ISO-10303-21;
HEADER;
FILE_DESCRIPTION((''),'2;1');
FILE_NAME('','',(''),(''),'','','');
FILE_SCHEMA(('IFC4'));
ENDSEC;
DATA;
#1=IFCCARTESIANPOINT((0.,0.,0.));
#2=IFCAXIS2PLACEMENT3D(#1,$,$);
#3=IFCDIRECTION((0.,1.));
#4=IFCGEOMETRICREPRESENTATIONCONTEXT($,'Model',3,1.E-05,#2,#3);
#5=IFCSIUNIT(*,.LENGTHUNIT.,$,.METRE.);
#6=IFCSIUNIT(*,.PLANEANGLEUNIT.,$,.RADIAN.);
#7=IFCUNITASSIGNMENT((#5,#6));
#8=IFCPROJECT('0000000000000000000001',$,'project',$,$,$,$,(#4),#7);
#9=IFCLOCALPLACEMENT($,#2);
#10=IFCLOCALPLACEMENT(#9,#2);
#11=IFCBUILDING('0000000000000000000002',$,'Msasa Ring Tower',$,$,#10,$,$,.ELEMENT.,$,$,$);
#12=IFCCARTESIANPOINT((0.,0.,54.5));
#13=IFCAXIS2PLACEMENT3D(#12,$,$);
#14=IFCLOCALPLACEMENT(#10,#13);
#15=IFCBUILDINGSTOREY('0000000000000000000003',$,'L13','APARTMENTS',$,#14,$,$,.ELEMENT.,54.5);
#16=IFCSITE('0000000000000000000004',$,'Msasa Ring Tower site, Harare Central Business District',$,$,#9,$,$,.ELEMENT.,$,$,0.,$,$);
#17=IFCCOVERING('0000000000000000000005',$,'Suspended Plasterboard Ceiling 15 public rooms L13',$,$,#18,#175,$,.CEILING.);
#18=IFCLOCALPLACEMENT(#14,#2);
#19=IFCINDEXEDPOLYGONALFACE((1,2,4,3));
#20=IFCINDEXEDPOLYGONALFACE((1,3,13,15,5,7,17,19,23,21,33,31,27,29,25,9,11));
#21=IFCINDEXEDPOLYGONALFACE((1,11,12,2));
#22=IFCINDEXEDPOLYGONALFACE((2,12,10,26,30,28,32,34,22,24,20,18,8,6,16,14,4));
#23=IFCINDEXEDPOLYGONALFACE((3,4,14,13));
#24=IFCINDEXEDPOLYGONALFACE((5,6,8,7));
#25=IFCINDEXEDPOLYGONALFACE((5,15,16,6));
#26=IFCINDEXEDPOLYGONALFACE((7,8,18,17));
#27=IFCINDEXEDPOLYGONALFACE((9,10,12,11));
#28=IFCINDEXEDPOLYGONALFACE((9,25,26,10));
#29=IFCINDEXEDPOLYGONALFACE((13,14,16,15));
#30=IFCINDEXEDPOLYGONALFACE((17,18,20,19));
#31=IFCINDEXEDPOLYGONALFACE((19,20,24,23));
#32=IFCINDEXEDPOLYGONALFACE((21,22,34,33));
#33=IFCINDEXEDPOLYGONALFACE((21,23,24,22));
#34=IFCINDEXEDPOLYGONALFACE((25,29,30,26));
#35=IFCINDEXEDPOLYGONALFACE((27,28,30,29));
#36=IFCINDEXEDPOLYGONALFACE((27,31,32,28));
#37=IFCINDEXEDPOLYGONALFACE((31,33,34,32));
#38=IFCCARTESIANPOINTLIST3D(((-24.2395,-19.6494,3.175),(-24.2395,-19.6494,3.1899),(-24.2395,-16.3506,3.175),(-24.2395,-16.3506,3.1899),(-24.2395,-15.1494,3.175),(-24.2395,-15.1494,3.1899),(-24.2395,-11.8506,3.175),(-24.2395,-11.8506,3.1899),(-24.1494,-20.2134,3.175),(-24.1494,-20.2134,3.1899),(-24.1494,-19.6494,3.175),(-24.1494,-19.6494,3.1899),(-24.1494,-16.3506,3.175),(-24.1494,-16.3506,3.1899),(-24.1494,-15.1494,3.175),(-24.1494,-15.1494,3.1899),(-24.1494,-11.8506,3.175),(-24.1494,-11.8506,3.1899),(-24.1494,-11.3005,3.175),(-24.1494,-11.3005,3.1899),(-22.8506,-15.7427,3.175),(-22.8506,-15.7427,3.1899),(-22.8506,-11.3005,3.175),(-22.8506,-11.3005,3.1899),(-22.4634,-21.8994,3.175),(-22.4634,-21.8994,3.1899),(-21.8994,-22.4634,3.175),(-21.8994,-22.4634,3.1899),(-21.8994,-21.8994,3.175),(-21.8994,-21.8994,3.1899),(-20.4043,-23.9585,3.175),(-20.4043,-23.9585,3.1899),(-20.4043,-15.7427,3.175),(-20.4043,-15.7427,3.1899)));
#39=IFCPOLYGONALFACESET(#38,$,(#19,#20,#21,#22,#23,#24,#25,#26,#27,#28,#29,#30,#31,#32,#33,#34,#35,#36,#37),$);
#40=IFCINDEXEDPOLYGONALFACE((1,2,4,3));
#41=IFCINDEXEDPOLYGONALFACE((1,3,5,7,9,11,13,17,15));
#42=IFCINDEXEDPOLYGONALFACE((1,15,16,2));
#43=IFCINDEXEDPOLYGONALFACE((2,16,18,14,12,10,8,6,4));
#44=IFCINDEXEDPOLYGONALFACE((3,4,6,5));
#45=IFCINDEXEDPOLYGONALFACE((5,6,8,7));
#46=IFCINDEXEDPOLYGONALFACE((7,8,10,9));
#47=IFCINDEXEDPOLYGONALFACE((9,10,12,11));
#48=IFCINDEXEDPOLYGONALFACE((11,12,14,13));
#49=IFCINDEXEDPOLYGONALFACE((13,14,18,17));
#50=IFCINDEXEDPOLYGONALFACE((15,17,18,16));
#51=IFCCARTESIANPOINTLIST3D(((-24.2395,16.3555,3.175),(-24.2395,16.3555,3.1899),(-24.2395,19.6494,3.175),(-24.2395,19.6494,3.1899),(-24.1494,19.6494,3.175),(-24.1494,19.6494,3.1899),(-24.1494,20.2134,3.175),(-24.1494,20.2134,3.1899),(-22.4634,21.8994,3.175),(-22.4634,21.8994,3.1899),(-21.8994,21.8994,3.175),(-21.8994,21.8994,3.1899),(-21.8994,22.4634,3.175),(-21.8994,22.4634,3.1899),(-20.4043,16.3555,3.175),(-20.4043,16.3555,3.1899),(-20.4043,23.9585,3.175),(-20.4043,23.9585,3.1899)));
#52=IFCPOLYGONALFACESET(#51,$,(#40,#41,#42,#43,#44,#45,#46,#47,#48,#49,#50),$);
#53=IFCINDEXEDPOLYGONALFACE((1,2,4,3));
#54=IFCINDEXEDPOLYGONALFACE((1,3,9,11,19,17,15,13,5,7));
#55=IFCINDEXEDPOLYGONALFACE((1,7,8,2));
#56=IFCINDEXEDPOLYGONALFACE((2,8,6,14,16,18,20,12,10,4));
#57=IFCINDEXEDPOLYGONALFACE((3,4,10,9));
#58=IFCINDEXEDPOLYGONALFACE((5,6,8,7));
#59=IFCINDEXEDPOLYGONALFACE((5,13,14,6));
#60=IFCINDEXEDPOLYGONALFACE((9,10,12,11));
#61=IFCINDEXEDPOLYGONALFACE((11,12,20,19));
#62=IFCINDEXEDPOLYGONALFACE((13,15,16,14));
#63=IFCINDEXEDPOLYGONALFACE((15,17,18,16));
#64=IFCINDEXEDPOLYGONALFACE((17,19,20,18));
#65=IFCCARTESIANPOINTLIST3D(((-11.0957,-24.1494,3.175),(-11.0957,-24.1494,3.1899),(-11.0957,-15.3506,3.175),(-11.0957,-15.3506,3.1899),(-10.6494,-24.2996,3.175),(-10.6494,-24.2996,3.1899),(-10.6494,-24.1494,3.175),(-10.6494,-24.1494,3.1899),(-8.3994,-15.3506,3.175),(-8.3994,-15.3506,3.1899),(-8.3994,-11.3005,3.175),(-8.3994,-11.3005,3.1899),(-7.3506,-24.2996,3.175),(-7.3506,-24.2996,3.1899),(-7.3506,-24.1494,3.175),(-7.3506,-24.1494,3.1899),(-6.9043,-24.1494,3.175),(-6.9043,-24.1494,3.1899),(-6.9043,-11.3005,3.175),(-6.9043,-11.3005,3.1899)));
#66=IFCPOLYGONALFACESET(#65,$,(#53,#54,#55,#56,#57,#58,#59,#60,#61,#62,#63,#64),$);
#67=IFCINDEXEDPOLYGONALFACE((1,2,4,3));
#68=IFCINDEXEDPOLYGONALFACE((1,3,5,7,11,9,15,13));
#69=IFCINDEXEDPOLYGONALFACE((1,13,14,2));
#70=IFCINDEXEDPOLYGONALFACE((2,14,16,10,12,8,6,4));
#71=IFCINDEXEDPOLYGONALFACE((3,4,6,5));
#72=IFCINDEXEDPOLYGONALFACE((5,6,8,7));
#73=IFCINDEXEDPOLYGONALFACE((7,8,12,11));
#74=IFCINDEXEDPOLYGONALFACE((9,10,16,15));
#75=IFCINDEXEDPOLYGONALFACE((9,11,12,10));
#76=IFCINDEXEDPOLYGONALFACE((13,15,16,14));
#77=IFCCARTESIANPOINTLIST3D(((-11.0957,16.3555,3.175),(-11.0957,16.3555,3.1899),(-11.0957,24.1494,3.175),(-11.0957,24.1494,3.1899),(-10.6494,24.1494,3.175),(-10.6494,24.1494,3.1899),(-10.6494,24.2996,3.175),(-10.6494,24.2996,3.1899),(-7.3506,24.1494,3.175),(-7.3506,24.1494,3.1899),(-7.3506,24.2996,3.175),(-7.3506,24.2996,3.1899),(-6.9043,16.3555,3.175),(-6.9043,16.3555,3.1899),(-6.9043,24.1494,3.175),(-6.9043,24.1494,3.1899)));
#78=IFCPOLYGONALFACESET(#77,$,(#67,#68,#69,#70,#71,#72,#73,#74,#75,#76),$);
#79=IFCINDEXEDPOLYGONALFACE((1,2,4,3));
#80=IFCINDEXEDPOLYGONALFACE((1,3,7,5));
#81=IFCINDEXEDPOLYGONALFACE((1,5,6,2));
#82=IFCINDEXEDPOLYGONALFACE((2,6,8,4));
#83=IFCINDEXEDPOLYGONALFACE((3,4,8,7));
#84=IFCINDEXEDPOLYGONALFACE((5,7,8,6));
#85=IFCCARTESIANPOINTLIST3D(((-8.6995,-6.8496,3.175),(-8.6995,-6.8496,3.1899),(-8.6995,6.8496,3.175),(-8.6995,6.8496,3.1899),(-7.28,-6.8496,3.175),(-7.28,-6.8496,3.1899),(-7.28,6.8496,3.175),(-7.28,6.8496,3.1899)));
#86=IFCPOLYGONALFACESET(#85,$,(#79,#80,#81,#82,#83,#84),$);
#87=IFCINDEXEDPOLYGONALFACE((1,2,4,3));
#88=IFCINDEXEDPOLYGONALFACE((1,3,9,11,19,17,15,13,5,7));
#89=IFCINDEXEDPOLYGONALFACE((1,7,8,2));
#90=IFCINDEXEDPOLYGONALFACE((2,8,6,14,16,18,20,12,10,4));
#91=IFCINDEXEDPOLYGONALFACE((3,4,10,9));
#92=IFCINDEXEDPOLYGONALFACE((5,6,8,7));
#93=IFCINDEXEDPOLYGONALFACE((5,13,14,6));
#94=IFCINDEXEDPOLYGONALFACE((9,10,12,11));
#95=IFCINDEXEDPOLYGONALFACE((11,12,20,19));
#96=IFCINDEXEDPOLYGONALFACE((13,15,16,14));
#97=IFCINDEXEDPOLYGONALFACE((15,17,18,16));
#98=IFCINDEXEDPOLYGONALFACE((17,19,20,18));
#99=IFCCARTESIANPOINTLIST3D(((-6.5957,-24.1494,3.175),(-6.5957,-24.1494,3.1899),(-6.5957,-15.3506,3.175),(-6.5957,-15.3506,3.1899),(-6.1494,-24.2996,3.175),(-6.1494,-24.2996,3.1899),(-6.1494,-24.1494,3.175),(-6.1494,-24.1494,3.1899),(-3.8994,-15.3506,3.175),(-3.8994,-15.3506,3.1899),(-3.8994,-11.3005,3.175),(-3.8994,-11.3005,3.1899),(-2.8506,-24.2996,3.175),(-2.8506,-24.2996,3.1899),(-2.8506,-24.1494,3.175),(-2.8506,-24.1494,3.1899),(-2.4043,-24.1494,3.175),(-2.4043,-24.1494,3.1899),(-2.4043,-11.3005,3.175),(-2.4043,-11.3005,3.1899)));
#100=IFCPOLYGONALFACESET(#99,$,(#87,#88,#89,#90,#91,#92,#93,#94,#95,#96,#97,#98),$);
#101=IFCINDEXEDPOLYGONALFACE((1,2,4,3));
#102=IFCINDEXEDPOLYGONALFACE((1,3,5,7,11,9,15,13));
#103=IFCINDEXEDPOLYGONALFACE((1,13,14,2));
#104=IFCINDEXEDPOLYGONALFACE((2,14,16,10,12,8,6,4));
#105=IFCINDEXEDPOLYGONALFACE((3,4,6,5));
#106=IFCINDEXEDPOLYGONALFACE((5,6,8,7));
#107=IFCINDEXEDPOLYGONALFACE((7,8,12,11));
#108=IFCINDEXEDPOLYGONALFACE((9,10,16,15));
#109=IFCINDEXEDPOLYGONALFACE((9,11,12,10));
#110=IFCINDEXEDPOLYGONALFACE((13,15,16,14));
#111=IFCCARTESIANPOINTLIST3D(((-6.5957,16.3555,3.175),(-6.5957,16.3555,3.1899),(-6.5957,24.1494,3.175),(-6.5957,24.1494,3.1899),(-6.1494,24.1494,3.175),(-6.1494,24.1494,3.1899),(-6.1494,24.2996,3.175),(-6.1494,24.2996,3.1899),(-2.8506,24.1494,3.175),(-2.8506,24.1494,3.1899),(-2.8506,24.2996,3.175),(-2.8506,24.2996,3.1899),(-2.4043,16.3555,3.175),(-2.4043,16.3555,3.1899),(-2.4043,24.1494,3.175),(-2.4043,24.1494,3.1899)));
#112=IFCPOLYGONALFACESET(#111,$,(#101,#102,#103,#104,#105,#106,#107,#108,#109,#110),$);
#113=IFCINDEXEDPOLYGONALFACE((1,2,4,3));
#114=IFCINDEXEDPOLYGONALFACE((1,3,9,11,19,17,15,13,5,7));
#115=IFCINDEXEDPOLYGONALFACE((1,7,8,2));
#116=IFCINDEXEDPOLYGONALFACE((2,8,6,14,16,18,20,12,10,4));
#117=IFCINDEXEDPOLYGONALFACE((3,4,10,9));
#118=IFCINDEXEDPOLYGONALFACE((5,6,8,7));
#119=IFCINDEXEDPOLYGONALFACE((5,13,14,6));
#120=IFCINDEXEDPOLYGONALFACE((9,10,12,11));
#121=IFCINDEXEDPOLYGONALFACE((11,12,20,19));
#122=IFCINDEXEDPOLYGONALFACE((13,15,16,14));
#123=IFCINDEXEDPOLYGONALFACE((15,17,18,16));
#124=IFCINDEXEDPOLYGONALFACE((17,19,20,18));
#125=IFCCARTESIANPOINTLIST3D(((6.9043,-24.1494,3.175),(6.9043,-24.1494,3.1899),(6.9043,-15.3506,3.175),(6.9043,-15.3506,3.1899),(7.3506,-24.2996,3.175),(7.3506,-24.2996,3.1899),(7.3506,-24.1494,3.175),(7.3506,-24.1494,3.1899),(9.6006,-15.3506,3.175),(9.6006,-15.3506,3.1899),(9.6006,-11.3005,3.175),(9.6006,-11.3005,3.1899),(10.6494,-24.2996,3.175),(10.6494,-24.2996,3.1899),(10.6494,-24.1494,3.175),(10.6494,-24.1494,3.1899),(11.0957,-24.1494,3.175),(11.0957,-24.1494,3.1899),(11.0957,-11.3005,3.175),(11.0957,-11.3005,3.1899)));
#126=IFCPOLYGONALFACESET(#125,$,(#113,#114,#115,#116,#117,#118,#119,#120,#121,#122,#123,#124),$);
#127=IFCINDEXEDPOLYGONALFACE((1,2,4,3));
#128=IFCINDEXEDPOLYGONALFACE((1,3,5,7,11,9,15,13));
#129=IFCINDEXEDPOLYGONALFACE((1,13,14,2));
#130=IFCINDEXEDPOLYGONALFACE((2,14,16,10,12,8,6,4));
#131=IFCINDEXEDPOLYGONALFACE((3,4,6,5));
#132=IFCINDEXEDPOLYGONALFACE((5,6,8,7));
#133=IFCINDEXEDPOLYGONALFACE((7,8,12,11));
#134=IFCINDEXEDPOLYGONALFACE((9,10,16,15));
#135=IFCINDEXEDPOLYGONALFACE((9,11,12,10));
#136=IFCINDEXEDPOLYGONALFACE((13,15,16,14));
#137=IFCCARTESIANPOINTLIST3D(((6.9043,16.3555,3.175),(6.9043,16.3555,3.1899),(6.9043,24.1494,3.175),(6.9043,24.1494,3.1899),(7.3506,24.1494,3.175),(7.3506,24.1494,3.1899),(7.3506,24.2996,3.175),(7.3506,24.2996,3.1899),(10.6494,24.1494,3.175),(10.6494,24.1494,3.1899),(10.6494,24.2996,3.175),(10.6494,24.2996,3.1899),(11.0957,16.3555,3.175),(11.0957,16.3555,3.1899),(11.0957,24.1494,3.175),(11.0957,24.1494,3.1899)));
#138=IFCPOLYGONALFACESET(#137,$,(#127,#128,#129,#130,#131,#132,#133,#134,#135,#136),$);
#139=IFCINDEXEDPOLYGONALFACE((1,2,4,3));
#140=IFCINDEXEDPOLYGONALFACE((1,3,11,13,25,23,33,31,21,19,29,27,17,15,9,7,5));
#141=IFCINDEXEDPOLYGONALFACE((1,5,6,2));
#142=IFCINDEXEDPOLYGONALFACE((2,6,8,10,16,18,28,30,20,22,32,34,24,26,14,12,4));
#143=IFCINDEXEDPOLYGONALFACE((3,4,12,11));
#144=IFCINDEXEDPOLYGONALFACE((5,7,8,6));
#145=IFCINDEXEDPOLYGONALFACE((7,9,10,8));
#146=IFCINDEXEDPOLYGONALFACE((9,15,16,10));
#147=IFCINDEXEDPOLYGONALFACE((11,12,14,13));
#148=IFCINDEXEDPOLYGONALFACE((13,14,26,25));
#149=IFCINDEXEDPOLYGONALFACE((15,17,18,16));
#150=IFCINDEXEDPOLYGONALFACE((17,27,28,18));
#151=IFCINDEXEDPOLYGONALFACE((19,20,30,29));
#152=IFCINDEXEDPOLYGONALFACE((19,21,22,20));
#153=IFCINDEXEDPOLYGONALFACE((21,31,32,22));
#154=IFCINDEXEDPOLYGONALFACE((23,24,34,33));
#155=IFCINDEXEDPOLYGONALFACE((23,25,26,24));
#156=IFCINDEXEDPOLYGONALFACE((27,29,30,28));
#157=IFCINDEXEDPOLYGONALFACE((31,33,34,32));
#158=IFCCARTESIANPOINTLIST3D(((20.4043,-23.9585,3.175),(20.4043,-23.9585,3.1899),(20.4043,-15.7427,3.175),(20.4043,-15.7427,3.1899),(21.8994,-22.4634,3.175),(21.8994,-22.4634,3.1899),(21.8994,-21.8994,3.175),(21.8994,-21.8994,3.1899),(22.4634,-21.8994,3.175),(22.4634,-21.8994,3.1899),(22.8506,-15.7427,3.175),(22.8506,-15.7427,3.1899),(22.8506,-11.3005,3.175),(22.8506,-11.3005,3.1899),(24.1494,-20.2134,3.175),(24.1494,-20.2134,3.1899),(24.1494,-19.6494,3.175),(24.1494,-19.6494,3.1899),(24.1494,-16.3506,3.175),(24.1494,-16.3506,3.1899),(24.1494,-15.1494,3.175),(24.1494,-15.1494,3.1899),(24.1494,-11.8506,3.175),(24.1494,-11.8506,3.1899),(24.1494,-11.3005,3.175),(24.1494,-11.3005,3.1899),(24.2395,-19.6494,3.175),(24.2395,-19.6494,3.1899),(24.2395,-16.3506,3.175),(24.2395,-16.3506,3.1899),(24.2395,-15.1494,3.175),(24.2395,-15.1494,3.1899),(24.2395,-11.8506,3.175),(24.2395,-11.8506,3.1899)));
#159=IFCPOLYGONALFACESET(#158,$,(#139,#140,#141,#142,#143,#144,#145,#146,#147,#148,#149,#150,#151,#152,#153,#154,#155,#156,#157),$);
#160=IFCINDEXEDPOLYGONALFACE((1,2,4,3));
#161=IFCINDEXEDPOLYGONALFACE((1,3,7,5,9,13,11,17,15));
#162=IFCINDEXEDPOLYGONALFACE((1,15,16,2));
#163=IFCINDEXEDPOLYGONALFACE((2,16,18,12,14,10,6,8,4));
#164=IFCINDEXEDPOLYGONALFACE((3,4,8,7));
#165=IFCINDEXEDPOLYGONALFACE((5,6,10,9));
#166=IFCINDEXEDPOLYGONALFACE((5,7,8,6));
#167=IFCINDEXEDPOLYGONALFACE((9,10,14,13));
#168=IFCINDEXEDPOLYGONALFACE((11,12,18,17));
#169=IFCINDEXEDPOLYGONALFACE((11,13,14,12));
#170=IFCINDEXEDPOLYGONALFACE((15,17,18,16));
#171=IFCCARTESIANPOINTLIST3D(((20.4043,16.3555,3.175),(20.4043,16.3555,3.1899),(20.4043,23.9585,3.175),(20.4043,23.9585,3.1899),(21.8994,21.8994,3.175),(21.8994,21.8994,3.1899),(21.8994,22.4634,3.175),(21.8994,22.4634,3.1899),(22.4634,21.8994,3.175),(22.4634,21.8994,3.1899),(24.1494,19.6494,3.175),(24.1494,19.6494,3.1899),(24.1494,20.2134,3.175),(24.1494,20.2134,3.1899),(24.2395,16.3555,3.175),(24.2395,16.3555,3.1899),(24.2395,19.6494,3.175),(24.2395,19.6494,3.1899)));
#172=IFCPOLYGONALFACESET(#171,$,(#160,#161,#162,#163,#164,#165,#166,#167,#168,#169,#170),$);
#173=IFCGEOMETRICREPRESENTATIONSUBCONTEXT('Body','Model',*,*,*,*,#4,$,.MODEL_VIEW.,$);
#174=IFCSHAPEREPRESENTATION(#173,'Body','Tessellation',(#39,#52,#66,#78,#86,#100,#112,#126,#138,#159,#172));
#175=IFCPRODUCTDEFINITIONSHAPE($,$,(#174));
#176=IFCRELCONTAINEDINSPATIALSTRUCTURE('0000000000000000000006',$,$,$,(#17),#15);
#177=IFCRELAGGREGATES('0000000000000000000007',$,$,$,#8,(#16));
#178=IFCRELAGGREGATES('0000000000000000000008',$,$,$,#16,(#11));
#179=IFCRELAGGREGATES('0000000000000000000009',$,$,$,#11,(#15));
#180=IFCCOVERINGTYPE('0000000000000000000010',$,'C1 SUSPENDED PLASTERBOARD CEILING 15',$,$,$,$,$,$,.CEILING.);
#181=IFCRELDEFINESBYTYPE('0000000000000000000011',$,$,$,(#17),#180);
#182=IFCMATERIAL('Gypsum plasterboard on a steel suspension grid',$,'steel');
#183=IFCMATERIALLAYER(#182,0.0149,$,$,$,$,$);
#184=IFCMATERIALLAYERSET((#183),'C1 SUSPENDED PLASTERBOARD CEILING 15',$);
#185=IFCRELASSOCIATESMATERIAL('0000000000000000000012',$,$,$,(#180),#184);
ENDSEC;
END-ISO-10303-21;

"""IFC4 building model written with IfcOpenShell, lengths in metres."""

from ifc_helpers import new_model, si_unit, direction, frame, origin, place, context, subcontext, project, spatial, line, indexed_curve, outline, extrude, material, layer, layer_set, type_object, element, save


model = new_model("IFC4")

# Units and contexts
model_context = context("Model", 3, precision=1e-05, world=origin(), true_north=direction((0.0, 1.0)))
body_context = subcontext(model_context, "Body", "Model", "MODEL_VIEW")
ifc_project = project(units=[si_unit("LENGTHUNIT", "METRE"), si_unit("PLANEANGLEUNIT", "RADIAN")], contexts=[model_context])

# Site, building, storey
site_placement = place(None, origin())
site = spatial("IfcSite", under=ifc_project, at=site_placement, Name="Msasa Ring Tower site, Harare Central Business District", CompositionType="ELEMENT", RefElevation=0.0)
building_placement = place(site_placement, origin())
building = spatial("IfcBuilding", under=site, at=building_placement, Name="Msasa Ring Tower", CompositionType="ELEMENT")
storey_placement = place(building_placement, frame((0.0, 0.0, 54.5)))
storey = spatial("IfcBuildingStorey", under=building, at=storey_placement, Name="L13", Description="APARTMENTS", CompositionType="ELEMENT", Elevation=54.5)

# Covering
ifc_material_1 = material(Name="Gypsum plasterboard on a steel suspension grid", Category="steel")
ifc_layer_1 = layer(ifc_material_1, 0.0149)
ifc_layer_set_1 = layer_set([ifc_layer_1], Name="C1 SUSPENDED PLASTERBOARD CEILING 15")
covering_type_1 = type_object("IfcCoveringType", Name="C1 SUSPENDED PLASTERBOARD CEILING 15", PredefinedType="CEILING", material=ifc_layer_set_1)
covering_1_placement = place(storey_placement, frame((0.0, 0.0, 3.175)))
element("IfcCovering", 1, at=covering_1_placement, inside=storey, type_object=covering_type_1, Name="Suspended Plasterboard Ceiling 15 public rooms L13", PredefinedType="CEILING", context=body_context, shape_type="SweptSolid", body=[
    extrude(outline(indexed_curve([(-21.8994, -22.4634), (-21.8994, -21.8994), (-22.4634, -21.8994), (-24.1494, -20.2134), (-24.1494, -19.6494), (-24.2395, -19.6494), (-24.2395, -16.3506), (-24.1494, -16.3506), (-24.1494, -15.1494), (-24.2395, -15.1494), (-24.2395, -11.8506), (-24.1494, -11.8506), (-24.1494, -11.3005), (-22.8506, -11.3005), (-22.8506, -15.7427), (-20.4043, -15.7427), (-20.4043, -23.9585)], segments=[line(1, 2, 3, 4, 5, 6, 7, 8, 9, 10, 11, 12, 13, 14, 15, 16, 17, 1)], self_intersect=False)), origin(), (0.0, 0.0, 1.0), 0.0149),
    extrude(outline(indexed_curve([(-24.2395, 16.3555), (-24.2395, 19.6494), (-24.1494, 19.6494), (-24.1494, 20.2134), (-22.4634, 21.8994), (-21.8994, 21.8994), (-21.8994, 22.4634), (-20.4043, 23.9585), (-20.4043, 16.3555)], segments=[line(1, 2, 3, 4, 5, 6, 7, 8, 9, 1)], self_intersect=False)), origin(), (0.0, 0.0, 1.0), 0.0149),
    extrude(outline(indexed_curve([(-8.3994, -11.3005), (-6.9043, -11.3005), (-6.9043, -24.1494), (-7.3506, -24.1494), (-7.3506, -24.2996), (-10.6494, -24.2996), (-10.6494, -24.1494), (-11.0957, -24.1494), (-11.0957, -15.3506), (-8.3994, -15.3506)], segments=[line(1, 2, 3, 4, 5, 6, 7, 8, 9, 10, 1)], self_intersect=False)), origin(), (0.0, 0.0, 1.0), 0.0149),
    extrude(outline(indexed_curve([(-11.0957, 16.3555), (-11.0957, 24.1494), (-10.6494, 24.1494), (-10.6494, 24.2996), (-7.3506, 24.2996), (-7.3506, 24.1494), (-6.9043, 24.1494), (-6.9043, 16.3555)], segments=[line(1, 2, 3, 4, 5, 6, 7, 8, 1)], self_intersect=False)), origin(), (0.0, 0.0, 1.0), 0.0149),
    extrude(outline(indexed_curve([(-8.6995, -6.8496), (-8.6995, 6.8496), (-7.28, 6.8496), (-7.28, -6.8496)], segments=[line(1, 2, 3, 4, 1)], self_intersect=False)), origin(), (0.0, 0.0, 1.0), 0.0149),
    extrude(outline(indexed_curve([(-2.4043, -11.3005), (-2.4043, -24.1494), (-2.8506, -24.1494), (-2.8506, -24.2996), (-6.1494, -24.2996), (-6.1494, -24.1494), (-6.5957, -24.1494), (-6.5957, -15.3506), (-3.8994, -15.3506), (-3.8994, -11.3005)], segments=[line(1, 2, 3, 4, 5, 6, 7, 8, 9, 10, 1)], self_intersect=False)), origin(), (0.0, 0.0, 1.0), 0.0149),
    extrude(outline(indexed_curve([(-6.5957, 16.3555), (-6.5957, 24.1494), (-6.1494, 24.1494), (-6.1494, 24.2996), (-2.8506, 24.2996), (-2.8506, 24.1494), (-2.4043, 24.1494), (-2.4043, 16.3555)], segments=[line(1, 2, 3, 4, 5, 6, 7, 8, 1)], self_intersect=False)), origin(), (0.0, 0.0, 1.0), 0.0149),
    extrude(outline(indexed_curve([(11.0957, -11.3005), (11.0957, -24.1494), (10.6494, -24.1494), (10.6494, -24.2996), (7.3506, -24.2996), (7.3506, -24.1494), (6.9043, -24.1494), (6.9043, -15.3506), (9.6006, -15.3506), (9.6006, -11.3005)], segments=[line(1, 2, 3, 4, 5, 6, 7, 8, 9, 10, 1)], self_intersect=False)), origin(), (0.0, 0.0, 1.0), 0.0149),
    extrude(outline(indexed_curve([(6.9043, 16.3555), (6.9043, 24.1494), (7.3506, 24.1494), (7.3506, 24.2996), (10.6494, 24.2996), (10.6494, 24.1494), (11.0957, 24.1494), (11.0957, 16.3555)], segments=[line(1, 2, 3, 4, 5, 6, 7, 8, 1)], self_intersect=False)), origin(), (0.0, 0.0, 1.0), 0.0149),
    extrude(outline(indexed_curve([(22.8506, -11.3005), (24.1494, -11.3005), (24.1494, -11.8506), (24.2395, -11.8506), (24.2395, -15.1494), (24.1494, -15.1494), (24.1494, -16.3506), (24.2395, -16.3506), (24.2395, -19.6494), (24.1494, -19.6494), (24.1494, -20.2134), (22.4634, -21.8994), (21.8994, -21.8994), (21.8994, -22.4634), (20.4043, -23.9585), (20.4043, -15.7427), (22.8506, -15.7427)], segments=[line(1, 2, 3, 4, 5, 6, 7, 8, 9, 10, 11, 12, 13, 14, 15, 16, 17, 1)], self_intersect=False)), origin(), (0.0, 0.0, 1.0), 0.0149),
    extrude(outline(indexed_curve([(20.4043, 16.3555), (20.4043, 23.9585), (21.8994, 22.4634), (21.8994, 21.8994), (22.4634, 21.8994), (24.1494, 20.2134), (24.1494, 19.6494), (24.2395, 19.6494), (24.2395, 16.3555)], segments=[line(1, 2, 3, 4, 5, 6, 7, 8, 9, 1)], self_intersect=False)), origin(), (0.0, 0.0, 1.0), 0.0149),
])

save(model, "model.ifc")
